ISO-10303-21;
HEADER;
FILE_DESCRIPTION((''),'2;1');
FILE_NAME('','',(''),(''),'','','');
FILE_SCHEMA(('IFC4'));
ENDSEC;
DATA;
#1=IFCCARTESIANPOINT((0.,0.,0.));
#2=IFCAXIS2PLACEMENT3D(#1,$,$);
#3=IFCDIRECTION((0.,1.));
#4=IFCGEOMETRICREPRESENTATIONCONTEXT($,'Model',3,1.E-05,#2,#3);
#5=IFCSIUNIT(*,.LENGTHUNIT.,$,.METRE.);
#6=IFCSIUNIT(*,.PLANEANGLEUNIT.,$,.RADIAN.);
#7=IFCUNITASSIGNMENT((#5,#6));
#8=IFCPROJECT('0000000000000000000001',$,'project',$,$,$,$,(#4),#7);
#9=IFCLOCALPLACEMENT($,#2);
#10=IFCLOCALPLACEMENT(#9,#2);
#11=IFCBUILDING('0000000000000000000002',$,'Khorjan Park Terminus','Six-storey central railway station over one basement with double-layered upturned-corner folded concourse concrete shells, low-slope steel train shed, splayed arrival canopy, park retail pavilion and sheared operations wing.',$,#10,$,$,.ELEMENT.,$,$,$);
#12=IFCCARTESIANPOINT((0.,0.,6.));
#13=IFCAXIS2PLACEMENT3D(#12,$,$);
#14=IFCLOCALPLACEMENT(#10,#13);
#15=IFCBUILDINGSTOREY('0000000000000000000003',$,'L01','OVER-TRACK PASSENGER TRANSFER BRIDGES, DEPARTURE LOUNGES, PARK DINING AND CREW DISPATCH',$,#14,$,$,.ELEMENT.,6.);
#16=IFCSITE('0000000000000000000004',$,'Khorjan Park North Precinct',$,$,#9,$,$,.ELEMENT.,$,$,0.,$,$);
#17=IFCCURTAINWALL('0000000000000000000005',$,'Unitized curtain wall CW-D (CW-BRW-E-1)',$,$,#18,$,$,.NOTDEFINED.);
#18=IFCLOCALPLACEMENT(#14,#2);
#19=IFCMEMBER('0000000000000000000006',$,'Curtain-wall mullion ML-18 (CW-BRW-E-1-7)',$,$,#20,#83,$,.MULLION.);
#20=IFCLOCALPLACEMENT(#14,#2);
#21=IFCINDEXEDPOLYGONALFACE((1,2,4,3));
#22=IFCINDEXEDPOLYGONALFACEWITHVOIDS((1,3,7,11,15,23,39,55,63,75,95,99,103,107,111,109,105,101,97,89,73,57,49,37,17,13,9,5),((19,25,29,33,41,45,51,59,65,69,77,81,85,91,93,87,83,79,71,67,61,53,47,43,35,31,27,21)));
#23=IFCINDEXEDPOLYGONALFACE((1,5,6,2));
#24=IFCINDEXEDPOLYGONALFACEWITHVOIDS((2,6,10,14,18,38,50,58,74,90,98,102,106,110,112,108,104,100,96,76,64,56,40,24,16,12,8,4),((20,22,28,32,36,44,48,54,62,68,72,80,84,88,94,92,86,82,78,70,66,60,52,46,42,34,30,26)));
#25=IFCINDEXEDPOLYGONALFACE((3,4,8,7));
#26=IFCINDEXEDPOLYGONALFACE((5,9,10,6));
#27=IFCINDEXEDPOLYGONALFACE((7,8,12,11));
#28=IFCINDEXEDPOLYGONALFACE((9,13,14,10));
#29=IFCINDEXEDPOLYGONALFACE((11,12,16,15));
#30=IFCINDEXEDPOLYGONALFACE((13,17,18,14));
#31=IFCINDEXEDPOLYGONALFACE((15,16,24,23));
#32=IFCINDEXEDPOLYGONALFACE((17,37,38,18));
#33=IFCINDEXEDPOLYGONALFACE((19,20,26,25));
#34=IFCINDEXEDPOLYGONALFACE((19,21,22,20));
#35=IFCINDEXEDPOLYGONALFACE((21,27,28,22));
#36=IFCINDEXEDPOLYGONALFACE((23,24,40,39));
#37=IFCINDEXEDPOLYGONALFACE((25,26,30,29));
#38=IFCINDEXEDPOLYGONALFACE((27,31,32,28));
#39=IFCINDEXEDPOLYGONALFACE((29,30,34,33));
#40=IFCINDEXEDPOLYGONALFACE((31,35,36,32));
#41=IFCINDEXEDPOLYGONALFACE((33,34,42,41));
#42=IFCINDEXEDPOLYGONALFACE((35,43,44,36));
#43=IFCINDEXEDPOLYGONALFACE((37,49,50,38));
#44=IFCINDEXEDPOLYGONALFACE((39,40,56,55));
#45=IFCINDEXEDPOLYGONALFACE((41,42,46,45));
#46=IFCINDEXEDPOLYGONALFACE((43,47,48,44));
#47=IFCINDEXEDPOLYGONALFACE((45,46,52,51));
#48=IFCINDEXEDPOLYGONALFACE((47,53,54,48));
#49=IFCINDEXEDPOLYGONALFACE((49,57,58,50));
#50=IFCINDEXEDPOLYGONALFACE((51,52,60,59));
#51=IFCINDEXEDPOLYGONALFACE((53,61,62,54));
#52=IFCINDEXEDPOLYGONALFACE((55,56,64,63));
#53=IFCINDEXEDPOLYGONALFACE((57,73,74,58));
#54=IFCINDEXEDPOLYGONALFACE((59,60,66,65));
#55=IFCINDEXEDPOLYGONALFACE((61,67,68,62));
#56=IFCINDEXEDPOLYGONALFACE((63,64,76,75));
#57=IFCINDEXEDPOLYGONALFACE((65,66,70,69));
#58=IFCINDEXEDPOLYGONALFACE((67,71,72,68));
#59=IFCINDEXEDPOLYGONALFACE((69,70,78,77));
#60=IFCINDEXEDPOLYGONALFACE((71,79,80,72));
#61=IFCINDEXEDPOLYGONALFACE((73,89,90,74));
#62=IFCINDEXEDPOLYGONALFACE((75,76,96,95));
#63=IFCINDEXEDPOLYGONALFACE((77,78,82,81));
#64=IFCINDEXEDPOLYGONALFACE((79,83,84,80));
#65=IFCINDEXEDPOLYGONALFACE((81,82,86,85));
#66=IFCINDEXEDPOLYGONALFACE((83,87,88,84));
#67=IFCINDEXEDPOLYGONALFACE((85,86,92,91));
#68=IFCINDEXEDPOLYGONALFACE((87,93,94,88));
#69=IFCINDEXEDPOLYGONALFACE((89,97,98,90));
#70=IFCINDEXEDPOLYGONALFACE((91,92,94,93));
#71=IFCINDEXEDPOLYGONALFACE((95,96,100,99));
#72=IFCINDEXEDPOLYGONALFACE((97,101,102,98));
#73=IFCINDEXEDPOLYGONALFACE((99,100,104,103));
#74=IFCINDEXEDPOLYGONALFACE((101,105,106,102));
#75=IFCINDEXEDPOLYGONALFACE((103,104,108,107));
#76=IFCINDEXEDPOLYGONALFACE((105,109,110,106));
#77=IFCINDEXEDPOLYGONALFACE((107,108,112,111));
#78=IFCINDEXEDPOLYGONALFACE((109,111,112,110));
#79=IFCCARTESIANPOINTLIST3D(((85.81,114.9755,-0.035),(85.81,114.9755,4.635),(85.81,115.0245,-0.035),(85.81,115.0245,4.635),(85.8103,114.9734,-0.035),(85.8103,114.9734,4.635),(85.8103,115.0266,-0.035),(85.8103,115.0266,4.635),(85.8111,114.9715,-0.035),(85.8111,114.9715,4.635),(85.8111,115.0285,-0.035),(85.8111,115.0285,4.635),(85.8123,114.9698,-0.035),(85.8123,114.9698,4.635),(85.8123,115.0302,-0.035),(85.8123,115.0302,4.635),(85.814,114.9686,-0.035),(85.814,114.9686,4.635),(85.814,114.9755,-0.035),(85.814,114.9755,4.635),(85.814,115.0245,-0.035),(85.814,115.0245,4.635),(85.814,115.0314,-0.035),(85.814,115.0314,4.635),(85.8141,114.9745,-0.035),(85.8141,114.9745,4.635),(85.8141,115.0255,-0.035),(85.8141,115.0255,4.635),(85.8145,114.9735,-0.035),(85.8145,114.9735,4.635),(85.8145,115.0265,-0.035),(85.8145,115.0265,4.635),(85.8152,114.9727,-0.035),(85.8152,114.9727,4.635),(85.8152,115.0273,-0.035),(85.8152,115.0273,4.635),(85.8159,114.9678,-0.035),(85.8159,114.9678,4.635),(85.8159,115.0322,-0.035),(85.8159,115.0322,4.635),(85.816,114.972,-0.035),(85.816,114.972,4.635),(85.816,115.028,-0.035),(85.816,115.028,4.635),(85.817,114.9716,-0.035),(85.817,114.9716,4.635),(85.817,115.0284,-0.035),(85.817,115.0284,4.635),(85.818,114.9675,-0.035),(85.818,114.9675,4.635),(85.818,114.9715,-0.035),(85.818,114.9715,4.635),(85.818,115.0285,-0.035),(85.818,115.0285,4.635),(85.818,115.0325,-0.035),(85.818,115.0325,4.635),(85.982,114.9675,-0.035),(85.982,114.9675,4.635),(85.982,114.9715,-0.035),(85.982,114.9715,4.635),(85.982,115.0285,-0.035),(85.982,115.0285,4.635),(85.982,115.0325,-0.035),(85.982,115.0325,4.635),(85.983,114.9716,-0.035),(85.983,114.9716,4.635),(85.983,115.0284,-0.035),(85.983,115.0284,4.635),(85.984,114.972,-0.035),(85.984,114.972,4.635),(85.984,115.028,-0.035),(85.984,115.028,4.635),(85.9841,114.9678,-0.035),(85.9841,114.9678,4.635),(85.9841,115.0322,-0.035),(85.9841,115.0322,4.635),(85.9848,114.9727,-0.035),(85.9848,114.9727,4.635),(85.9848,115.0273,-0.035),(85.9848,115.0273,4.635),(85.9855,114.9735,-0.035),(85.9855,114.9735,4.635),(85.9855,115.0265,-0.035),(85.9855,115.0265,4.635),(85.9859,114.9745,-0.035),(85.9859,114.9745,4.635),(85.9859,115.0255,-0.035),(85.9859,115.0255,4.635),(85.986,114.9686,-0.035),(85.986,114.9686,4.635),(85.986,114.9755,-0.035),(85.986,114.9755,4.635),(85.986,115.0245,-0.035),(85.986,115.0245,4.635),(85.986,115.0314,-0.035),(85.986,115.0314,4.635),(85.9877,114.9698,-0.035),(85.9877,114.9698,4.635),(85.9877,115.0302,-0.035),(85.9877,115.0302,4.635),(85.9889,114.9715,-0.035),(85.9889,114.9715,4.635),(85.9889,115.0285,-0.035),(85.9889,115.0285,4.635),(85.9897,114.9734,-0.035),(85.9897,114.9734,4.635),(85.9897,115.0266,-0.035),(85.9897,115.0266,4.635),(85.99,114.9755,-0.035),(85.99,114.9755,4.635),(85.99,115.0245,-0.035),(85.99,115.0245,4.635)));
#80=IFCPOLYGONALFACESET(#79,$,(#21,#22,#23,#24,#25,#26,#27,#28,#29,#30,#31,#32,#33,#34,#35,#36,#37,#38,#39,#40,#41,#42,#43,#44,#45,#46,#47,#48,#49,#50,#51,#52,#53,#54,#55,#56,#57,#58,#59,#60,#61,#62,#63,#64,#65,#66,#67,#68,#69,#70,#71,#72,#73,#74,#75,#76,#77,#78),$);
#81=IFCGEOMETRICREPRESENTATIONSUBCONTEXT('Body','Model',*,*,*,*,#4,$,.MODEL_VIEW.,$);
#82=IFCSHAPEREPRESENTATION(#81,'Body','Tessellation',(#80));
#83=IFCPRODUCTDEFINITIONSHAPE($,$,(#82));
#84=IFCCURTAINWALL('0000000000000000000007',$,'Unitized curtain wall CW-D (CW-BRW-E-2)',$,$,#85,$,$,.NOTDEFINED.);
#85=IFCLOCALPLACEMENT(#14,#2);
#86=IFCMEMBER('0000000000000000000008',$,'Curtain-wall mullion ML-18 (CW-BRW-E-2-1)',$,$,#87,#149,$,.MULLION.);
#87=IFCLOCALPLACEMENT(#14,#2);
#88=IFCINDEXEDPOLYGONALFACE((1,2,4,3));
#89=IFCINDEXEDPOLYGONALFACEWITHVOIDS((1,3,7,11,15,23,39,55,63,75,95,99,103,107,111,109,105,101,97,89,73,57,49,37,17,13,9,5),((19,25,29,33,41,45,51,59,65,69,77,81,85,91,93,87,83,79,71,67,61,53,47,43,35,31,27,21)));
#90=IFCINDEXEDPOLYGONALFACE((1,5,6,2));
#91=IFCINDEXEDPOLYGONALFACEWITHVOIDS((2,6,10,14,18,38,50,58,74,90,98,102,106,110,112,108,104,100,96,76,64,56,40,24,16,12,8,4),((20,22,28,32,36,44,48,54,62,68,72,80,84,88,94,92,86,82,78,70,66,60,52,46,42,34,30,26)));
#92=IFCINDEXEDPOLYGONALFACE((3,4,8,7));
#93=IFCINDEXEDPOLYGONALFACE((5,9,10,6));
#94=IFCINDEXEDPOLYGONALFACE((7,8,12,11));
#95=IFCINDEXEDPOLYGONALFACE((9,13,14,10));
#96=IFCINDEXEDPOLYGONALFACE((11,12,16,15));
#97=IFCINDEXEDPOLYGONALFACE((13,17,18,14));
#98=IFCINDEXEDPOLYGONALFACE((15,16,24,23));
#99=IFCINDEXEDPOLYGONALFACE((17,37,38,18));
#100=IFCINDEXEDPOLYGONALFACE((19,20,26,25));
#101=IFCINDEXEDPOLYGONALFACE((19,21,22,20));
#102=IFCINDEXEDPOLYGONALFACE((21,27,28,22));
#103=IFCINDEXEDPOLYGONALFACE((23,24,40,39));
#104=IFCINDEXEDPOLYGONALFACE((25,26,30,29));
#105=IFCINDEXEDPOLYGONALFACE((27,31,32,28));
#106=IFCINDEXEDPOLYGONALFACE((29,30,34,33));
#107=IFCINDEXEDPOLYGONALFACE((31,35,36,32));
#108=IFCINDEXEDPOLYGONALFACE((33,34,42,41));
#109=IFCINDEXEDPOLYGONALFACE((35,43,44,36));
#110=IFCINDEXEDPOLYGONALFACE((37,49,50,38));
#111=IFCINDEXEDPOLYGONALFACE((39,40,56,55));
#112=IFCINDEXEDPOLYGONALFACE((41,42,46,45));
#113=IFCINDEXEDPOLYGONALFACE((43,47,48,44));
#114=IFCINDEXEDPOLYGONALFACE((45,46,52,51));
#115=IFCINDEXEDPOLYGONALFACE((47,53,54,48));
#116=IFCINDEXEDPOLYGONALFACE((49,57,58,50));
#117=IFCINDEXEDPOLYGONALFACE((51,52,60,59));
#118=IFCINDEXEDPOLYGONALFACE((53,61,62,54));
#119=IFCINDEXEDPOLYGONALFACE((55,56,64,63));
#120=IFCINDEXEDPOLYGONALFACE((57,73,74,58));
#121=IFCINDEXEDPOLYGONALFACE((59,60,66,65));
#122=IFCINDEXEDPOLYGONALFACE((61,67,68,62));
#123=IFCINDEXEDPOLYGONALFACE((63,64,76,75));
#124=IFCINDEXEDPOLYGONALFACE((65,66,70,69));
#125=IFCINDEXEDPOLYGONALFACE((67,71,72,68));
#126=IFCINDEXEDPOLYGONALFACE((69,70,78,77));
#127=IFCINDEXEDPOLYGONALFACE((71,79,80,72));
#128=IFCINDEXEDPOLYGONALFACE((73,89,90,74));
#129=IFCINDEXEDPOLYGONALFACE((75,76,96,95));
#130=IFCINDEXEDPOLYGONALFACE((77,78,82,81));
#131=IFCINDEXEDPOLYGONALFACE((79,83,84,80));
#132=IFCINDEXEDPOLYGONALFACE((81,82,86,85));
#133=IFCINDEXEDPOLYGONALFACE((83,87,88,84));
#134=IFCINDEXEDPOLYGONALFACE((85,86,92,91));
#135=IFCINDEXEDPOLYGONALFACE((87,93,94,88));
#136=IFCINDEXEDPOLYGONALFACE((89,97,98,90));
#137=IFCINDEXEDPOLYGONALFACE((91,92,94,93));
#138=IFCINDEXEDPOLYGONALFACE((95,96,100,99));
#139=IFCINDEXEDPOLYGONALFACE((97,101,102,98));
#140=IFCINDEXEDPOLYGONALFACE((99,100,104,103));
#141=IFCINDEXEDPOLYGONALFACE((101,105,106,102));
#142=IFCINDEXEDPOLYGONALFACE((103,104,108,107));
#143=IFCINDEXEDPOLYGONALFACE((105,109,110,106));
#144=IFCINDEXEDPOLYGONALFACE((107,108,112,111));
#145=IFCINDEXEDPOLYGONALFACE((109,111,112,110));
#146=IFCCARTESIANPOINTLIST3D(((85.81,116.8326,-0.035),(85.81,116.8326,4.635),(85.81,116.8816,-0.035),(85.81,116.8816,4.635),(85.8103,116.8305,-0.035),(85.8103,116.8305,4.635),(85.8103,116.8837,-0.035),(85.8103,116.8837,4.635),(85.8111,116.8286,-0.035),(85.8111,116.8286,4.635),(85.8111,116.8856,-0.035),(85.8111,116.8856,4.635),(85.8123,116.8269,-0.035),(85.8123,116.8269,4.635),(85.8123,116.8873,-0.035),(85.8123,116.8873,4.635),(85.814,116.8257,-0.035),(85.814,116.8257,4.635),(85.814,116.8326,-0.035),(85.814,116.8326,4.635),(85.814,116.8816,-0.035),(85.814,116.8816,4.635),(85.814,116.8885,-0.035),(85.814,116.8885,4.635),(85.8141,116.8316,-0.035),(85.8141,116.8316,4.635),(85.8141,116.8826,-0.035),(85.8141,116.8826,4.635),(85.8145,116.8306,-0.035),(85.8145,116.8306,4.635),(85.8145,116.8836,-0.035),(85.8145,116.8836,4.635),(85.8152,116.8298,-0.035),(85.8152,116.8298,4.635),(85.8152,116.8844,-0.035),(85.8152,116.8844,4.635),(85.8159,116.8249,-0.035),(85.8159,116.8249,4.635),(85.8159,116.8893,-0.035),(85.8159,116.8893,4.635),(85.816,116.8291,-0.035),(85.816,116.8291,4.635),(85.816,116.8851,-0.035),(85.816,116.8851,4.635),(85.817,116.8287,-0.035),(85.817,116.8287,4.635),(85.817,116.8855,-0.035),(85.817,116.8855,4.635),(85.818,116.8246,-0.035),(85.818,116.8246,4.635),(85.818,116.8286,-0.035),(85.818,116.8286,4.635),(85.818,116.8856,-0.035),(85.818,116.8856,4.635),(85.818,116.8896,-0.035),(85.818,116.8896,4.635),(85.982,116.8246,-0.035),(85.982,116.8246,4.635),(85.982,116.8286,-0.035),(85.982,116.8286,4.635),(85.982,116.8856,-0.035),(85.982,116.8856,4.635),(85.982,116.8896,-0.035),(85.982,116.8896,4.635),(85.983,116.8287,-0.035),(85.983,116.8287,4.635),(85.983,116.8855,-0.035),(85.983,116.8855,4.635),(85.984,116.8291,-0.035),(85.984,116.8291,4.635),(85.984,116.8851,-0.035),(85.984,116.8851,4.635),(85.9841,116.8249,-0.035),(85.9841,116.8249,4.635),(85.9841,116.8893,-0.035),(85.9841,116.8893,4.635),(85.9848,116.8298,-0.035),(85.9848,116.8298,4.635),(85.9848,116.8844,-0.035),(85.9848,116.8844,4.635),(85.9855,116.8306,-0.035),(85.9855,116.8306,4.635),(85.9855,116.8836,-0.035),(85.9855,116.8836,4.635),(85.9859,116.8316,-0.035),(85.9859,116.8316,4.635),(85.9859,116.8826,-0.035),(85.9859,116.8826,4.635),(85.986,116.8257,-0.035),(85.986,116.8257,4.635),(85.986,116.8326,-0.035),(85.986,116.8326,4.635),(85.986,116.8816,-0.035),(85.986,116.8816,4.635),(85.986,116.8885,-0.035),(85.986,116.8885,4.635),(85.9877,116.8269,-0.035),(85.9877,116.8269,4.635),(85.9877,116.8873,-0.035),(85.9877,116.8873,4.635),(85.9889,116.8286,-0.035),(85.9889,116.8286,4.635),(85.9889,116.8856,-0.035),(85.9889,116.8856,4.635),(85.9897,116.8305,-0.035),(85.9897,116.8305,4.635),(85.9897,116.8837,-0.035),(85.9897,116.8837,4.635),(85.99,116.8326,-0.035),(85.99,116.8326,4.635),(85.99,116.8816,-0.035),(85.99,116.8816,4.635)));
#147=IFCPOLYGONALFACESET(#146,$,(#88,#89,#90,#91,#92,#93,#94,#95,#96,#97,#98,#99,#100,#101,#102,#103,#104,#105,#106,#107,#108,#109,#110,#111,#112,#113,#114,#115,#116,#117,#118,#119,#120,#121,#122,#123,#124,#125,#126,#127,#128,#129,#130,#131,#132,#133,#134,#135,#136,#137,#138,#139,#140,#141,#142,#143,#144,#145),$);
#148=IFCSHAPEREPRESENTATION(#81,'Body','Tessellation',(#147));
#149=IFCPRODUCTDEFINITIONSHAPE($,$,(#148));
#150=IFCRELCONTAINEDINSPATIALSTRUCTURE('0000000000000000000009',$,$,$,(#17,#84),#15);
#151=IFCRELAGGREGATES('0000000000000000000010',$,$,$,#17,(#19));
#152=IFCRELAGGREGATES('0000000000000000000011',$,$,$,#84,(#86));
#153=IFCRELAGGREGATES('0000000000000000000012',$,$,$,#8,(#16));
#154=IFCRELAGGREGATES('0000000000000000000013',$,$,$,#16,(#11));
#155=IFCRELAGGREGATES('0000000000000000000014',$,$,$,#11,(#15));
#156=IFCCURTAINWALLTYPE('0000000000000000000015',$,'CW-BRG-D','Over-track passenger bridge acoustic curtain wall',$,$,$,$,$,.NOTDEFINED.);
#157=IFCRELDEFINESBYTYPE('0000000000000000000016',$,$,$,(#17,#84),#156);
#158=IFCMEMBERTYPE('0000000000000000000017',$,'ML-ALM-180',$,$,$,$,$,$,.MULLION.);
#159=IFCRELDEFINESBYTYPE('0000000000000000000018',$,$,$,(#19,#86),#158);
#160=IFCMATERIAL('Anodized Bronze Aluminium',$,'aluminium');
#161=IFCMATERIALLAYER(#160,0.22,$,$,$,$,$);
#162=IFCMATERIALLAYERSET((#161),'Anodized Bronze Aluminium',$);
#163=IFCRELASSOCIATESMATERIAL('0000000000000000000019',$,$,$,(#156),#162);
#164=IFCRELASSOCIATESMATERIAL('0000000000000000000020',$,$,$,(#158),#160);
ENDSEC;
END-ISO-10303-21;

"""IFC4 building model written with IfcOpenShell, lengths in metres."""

from ifc_helpers import new_model, si_unit, direction, frame, origin, origin_2d, place, context, subcontext, project, spatial, hollow_rectangle, extrude, material, layer, layer_set, material_profile, profile_set, type_object, element, aggregate, save


model = new_model("IFC4")

# Units and contexts
model_context = context("Model", 3, precision=1e-05, world=origin(), true_north=direction((0.0, 1.0)))
body_context = subcontext(model_context, "Body", "Model", "MODEL_VIEW")
ifc_project = project(units=[si_unit("LENGTHUNIT", "METRE"), si_unit("PLANEANGLEUNIT", "RADIAN")], contexts=[model_context])

# Site, building, storey
site_placement = place(None, origin())
site = spatial("IfcSite", under=ifc_project, at=site_placement, Name="Khorjan Park North Precinct", CompositionType="ELEMENT", RefElevation=0.0)
building_placement = place(site_placement, origin())
building = spatial("IfcBuilding", under=site, at=building_placement, Name="Khorjan Park Terminus", Description="Six-storey central railway station over one basement with double-layered upturned-corner folded concourse concrete shells, low-slope steel train shed, splayed arrival canopy, park retail pavilion and sheared operations wing.", CompositionType="ELEMENT")
storey_placement = place(building_placement, frame((0.0, 0.0, 6.0)))
storey = spatial("IfcBuildingStorey", under=building, at=storey_placement, Name="L01", Description="OVER-TRACK PASSENGER TRANSFER BRIDGES, DEPARTURE LOUNGES, PARK DINING AND CREW DISPATCH", CompositionType="ELEMENT", Elevation=6.0)

# Curtain wall, member
ifc_material_1 = material(Name="Anodized Bronze Aluminium", Category="aluminium")
ifc_layer_1 = layer(ifc_material_1, 0.22)
ifc_layer_set_1 = layer_set([ifc_layer_1], Name="Anodized Bronze Aluminium")
curtain_wall_type = type_object("IfcCurtainWallType", Name="CW-BRG-D", Description="Over-track passenger bridge acoustic curtain wall", PredefinedType="NOTDEFINED", material=ifc_layer_set_1)
curtain_wall_1_placement = place(storey_placement, origin())
curtain_wall_1 = element("IfcCurtainWall", 1, at=curtain_wall_1_placement, inside=storey, type_object=curtain_wall_type, Name="Unitized curtain wall CW-D (CW-BRW-E-1)", PredefinedType="NOTDEFINED")
ifc_material_profile_1 = material_profile(ifc_material_1, hollow_rectangle(XDim=0.065, YDim=0.18, WallThickness=0.004, InnerFilletRadius=0.004, OuterFilletRadius=0.008, at=origin_2d()), Name="ALM 65x180x4")
ifc_profile_set_1 = profile_set([ifc_material_profile_1], Name="Anodized Bronze Aluminium")
member_type_1 = type_object("IfcMemberType", Name="ML-ALM-180", PredefinedType="MULLION", material=ifc_profile_set_1)
member_1_placement = place(storey_placement, frame((85.9, 115.0, -0.035), z_axis=(0.0, 0.0, 1.0), x_axis=(0.0, 1.0, 0.0)))
member_1 = element("IfcMember", 2, at=member_1_placement, type_object=member_type_1, Name="Curtain-wall mullion ML-18 (CW-BRW-E-1-7)", PredefinedType="MULLION", context=body_context, shape_type="SweptSolid", body=[
    extrude(hollow_rectangle(XDim=0.065, YDim=0.18, WallThickness=0.004, InnerFilletRadius=0.004, OuterFilletRadius=0.008, at=origin_2d()), origin(), (0.0, 0.0, 1.0), 4.67),
])

# Curtain wall, member
curtain_wall_2_placement = place(storey_placement, origin())
curtain_wall_2 = element("IfcCurtainWall", 3, at=curtain_wall_2_placement, inside=storey, type_object=curtain_wall_type, Name="Unitized curtain wall CW-D (CW-BRW-E-2)", PredefinedType="NOTDEFINED")
member_2_placement = place(storey_placement, frame((85.9, 116.8571, -0.035), z_axis=(0.0, 0.0, 1.0), x_axis=(0.0, 1.0, 0.0)))
member_2 = element("IfcMember", 4, at=member_2_placement, type_object=member_type_1, Name="Curtain-wall mullion ML-18 (CW-BRW-E-2-1)", PredefinedType="MULLION", context=body_context, shape_type="SweptSolid", body=[
    extrude(hollow_rectangle(XDim=0.065, YDim=0.18, WallThickness=0.004, InnerFilletRadius=0.004, OuterFilletRadius=0.008, at=origin_2d()), origin(), (0.0, 0.0, 1.0), 4.67),
])

aggregate(curtain_wall_1, [member_1])
aggregate(curtain_wall_2, [member_2])

save(model, "model.ifc")
